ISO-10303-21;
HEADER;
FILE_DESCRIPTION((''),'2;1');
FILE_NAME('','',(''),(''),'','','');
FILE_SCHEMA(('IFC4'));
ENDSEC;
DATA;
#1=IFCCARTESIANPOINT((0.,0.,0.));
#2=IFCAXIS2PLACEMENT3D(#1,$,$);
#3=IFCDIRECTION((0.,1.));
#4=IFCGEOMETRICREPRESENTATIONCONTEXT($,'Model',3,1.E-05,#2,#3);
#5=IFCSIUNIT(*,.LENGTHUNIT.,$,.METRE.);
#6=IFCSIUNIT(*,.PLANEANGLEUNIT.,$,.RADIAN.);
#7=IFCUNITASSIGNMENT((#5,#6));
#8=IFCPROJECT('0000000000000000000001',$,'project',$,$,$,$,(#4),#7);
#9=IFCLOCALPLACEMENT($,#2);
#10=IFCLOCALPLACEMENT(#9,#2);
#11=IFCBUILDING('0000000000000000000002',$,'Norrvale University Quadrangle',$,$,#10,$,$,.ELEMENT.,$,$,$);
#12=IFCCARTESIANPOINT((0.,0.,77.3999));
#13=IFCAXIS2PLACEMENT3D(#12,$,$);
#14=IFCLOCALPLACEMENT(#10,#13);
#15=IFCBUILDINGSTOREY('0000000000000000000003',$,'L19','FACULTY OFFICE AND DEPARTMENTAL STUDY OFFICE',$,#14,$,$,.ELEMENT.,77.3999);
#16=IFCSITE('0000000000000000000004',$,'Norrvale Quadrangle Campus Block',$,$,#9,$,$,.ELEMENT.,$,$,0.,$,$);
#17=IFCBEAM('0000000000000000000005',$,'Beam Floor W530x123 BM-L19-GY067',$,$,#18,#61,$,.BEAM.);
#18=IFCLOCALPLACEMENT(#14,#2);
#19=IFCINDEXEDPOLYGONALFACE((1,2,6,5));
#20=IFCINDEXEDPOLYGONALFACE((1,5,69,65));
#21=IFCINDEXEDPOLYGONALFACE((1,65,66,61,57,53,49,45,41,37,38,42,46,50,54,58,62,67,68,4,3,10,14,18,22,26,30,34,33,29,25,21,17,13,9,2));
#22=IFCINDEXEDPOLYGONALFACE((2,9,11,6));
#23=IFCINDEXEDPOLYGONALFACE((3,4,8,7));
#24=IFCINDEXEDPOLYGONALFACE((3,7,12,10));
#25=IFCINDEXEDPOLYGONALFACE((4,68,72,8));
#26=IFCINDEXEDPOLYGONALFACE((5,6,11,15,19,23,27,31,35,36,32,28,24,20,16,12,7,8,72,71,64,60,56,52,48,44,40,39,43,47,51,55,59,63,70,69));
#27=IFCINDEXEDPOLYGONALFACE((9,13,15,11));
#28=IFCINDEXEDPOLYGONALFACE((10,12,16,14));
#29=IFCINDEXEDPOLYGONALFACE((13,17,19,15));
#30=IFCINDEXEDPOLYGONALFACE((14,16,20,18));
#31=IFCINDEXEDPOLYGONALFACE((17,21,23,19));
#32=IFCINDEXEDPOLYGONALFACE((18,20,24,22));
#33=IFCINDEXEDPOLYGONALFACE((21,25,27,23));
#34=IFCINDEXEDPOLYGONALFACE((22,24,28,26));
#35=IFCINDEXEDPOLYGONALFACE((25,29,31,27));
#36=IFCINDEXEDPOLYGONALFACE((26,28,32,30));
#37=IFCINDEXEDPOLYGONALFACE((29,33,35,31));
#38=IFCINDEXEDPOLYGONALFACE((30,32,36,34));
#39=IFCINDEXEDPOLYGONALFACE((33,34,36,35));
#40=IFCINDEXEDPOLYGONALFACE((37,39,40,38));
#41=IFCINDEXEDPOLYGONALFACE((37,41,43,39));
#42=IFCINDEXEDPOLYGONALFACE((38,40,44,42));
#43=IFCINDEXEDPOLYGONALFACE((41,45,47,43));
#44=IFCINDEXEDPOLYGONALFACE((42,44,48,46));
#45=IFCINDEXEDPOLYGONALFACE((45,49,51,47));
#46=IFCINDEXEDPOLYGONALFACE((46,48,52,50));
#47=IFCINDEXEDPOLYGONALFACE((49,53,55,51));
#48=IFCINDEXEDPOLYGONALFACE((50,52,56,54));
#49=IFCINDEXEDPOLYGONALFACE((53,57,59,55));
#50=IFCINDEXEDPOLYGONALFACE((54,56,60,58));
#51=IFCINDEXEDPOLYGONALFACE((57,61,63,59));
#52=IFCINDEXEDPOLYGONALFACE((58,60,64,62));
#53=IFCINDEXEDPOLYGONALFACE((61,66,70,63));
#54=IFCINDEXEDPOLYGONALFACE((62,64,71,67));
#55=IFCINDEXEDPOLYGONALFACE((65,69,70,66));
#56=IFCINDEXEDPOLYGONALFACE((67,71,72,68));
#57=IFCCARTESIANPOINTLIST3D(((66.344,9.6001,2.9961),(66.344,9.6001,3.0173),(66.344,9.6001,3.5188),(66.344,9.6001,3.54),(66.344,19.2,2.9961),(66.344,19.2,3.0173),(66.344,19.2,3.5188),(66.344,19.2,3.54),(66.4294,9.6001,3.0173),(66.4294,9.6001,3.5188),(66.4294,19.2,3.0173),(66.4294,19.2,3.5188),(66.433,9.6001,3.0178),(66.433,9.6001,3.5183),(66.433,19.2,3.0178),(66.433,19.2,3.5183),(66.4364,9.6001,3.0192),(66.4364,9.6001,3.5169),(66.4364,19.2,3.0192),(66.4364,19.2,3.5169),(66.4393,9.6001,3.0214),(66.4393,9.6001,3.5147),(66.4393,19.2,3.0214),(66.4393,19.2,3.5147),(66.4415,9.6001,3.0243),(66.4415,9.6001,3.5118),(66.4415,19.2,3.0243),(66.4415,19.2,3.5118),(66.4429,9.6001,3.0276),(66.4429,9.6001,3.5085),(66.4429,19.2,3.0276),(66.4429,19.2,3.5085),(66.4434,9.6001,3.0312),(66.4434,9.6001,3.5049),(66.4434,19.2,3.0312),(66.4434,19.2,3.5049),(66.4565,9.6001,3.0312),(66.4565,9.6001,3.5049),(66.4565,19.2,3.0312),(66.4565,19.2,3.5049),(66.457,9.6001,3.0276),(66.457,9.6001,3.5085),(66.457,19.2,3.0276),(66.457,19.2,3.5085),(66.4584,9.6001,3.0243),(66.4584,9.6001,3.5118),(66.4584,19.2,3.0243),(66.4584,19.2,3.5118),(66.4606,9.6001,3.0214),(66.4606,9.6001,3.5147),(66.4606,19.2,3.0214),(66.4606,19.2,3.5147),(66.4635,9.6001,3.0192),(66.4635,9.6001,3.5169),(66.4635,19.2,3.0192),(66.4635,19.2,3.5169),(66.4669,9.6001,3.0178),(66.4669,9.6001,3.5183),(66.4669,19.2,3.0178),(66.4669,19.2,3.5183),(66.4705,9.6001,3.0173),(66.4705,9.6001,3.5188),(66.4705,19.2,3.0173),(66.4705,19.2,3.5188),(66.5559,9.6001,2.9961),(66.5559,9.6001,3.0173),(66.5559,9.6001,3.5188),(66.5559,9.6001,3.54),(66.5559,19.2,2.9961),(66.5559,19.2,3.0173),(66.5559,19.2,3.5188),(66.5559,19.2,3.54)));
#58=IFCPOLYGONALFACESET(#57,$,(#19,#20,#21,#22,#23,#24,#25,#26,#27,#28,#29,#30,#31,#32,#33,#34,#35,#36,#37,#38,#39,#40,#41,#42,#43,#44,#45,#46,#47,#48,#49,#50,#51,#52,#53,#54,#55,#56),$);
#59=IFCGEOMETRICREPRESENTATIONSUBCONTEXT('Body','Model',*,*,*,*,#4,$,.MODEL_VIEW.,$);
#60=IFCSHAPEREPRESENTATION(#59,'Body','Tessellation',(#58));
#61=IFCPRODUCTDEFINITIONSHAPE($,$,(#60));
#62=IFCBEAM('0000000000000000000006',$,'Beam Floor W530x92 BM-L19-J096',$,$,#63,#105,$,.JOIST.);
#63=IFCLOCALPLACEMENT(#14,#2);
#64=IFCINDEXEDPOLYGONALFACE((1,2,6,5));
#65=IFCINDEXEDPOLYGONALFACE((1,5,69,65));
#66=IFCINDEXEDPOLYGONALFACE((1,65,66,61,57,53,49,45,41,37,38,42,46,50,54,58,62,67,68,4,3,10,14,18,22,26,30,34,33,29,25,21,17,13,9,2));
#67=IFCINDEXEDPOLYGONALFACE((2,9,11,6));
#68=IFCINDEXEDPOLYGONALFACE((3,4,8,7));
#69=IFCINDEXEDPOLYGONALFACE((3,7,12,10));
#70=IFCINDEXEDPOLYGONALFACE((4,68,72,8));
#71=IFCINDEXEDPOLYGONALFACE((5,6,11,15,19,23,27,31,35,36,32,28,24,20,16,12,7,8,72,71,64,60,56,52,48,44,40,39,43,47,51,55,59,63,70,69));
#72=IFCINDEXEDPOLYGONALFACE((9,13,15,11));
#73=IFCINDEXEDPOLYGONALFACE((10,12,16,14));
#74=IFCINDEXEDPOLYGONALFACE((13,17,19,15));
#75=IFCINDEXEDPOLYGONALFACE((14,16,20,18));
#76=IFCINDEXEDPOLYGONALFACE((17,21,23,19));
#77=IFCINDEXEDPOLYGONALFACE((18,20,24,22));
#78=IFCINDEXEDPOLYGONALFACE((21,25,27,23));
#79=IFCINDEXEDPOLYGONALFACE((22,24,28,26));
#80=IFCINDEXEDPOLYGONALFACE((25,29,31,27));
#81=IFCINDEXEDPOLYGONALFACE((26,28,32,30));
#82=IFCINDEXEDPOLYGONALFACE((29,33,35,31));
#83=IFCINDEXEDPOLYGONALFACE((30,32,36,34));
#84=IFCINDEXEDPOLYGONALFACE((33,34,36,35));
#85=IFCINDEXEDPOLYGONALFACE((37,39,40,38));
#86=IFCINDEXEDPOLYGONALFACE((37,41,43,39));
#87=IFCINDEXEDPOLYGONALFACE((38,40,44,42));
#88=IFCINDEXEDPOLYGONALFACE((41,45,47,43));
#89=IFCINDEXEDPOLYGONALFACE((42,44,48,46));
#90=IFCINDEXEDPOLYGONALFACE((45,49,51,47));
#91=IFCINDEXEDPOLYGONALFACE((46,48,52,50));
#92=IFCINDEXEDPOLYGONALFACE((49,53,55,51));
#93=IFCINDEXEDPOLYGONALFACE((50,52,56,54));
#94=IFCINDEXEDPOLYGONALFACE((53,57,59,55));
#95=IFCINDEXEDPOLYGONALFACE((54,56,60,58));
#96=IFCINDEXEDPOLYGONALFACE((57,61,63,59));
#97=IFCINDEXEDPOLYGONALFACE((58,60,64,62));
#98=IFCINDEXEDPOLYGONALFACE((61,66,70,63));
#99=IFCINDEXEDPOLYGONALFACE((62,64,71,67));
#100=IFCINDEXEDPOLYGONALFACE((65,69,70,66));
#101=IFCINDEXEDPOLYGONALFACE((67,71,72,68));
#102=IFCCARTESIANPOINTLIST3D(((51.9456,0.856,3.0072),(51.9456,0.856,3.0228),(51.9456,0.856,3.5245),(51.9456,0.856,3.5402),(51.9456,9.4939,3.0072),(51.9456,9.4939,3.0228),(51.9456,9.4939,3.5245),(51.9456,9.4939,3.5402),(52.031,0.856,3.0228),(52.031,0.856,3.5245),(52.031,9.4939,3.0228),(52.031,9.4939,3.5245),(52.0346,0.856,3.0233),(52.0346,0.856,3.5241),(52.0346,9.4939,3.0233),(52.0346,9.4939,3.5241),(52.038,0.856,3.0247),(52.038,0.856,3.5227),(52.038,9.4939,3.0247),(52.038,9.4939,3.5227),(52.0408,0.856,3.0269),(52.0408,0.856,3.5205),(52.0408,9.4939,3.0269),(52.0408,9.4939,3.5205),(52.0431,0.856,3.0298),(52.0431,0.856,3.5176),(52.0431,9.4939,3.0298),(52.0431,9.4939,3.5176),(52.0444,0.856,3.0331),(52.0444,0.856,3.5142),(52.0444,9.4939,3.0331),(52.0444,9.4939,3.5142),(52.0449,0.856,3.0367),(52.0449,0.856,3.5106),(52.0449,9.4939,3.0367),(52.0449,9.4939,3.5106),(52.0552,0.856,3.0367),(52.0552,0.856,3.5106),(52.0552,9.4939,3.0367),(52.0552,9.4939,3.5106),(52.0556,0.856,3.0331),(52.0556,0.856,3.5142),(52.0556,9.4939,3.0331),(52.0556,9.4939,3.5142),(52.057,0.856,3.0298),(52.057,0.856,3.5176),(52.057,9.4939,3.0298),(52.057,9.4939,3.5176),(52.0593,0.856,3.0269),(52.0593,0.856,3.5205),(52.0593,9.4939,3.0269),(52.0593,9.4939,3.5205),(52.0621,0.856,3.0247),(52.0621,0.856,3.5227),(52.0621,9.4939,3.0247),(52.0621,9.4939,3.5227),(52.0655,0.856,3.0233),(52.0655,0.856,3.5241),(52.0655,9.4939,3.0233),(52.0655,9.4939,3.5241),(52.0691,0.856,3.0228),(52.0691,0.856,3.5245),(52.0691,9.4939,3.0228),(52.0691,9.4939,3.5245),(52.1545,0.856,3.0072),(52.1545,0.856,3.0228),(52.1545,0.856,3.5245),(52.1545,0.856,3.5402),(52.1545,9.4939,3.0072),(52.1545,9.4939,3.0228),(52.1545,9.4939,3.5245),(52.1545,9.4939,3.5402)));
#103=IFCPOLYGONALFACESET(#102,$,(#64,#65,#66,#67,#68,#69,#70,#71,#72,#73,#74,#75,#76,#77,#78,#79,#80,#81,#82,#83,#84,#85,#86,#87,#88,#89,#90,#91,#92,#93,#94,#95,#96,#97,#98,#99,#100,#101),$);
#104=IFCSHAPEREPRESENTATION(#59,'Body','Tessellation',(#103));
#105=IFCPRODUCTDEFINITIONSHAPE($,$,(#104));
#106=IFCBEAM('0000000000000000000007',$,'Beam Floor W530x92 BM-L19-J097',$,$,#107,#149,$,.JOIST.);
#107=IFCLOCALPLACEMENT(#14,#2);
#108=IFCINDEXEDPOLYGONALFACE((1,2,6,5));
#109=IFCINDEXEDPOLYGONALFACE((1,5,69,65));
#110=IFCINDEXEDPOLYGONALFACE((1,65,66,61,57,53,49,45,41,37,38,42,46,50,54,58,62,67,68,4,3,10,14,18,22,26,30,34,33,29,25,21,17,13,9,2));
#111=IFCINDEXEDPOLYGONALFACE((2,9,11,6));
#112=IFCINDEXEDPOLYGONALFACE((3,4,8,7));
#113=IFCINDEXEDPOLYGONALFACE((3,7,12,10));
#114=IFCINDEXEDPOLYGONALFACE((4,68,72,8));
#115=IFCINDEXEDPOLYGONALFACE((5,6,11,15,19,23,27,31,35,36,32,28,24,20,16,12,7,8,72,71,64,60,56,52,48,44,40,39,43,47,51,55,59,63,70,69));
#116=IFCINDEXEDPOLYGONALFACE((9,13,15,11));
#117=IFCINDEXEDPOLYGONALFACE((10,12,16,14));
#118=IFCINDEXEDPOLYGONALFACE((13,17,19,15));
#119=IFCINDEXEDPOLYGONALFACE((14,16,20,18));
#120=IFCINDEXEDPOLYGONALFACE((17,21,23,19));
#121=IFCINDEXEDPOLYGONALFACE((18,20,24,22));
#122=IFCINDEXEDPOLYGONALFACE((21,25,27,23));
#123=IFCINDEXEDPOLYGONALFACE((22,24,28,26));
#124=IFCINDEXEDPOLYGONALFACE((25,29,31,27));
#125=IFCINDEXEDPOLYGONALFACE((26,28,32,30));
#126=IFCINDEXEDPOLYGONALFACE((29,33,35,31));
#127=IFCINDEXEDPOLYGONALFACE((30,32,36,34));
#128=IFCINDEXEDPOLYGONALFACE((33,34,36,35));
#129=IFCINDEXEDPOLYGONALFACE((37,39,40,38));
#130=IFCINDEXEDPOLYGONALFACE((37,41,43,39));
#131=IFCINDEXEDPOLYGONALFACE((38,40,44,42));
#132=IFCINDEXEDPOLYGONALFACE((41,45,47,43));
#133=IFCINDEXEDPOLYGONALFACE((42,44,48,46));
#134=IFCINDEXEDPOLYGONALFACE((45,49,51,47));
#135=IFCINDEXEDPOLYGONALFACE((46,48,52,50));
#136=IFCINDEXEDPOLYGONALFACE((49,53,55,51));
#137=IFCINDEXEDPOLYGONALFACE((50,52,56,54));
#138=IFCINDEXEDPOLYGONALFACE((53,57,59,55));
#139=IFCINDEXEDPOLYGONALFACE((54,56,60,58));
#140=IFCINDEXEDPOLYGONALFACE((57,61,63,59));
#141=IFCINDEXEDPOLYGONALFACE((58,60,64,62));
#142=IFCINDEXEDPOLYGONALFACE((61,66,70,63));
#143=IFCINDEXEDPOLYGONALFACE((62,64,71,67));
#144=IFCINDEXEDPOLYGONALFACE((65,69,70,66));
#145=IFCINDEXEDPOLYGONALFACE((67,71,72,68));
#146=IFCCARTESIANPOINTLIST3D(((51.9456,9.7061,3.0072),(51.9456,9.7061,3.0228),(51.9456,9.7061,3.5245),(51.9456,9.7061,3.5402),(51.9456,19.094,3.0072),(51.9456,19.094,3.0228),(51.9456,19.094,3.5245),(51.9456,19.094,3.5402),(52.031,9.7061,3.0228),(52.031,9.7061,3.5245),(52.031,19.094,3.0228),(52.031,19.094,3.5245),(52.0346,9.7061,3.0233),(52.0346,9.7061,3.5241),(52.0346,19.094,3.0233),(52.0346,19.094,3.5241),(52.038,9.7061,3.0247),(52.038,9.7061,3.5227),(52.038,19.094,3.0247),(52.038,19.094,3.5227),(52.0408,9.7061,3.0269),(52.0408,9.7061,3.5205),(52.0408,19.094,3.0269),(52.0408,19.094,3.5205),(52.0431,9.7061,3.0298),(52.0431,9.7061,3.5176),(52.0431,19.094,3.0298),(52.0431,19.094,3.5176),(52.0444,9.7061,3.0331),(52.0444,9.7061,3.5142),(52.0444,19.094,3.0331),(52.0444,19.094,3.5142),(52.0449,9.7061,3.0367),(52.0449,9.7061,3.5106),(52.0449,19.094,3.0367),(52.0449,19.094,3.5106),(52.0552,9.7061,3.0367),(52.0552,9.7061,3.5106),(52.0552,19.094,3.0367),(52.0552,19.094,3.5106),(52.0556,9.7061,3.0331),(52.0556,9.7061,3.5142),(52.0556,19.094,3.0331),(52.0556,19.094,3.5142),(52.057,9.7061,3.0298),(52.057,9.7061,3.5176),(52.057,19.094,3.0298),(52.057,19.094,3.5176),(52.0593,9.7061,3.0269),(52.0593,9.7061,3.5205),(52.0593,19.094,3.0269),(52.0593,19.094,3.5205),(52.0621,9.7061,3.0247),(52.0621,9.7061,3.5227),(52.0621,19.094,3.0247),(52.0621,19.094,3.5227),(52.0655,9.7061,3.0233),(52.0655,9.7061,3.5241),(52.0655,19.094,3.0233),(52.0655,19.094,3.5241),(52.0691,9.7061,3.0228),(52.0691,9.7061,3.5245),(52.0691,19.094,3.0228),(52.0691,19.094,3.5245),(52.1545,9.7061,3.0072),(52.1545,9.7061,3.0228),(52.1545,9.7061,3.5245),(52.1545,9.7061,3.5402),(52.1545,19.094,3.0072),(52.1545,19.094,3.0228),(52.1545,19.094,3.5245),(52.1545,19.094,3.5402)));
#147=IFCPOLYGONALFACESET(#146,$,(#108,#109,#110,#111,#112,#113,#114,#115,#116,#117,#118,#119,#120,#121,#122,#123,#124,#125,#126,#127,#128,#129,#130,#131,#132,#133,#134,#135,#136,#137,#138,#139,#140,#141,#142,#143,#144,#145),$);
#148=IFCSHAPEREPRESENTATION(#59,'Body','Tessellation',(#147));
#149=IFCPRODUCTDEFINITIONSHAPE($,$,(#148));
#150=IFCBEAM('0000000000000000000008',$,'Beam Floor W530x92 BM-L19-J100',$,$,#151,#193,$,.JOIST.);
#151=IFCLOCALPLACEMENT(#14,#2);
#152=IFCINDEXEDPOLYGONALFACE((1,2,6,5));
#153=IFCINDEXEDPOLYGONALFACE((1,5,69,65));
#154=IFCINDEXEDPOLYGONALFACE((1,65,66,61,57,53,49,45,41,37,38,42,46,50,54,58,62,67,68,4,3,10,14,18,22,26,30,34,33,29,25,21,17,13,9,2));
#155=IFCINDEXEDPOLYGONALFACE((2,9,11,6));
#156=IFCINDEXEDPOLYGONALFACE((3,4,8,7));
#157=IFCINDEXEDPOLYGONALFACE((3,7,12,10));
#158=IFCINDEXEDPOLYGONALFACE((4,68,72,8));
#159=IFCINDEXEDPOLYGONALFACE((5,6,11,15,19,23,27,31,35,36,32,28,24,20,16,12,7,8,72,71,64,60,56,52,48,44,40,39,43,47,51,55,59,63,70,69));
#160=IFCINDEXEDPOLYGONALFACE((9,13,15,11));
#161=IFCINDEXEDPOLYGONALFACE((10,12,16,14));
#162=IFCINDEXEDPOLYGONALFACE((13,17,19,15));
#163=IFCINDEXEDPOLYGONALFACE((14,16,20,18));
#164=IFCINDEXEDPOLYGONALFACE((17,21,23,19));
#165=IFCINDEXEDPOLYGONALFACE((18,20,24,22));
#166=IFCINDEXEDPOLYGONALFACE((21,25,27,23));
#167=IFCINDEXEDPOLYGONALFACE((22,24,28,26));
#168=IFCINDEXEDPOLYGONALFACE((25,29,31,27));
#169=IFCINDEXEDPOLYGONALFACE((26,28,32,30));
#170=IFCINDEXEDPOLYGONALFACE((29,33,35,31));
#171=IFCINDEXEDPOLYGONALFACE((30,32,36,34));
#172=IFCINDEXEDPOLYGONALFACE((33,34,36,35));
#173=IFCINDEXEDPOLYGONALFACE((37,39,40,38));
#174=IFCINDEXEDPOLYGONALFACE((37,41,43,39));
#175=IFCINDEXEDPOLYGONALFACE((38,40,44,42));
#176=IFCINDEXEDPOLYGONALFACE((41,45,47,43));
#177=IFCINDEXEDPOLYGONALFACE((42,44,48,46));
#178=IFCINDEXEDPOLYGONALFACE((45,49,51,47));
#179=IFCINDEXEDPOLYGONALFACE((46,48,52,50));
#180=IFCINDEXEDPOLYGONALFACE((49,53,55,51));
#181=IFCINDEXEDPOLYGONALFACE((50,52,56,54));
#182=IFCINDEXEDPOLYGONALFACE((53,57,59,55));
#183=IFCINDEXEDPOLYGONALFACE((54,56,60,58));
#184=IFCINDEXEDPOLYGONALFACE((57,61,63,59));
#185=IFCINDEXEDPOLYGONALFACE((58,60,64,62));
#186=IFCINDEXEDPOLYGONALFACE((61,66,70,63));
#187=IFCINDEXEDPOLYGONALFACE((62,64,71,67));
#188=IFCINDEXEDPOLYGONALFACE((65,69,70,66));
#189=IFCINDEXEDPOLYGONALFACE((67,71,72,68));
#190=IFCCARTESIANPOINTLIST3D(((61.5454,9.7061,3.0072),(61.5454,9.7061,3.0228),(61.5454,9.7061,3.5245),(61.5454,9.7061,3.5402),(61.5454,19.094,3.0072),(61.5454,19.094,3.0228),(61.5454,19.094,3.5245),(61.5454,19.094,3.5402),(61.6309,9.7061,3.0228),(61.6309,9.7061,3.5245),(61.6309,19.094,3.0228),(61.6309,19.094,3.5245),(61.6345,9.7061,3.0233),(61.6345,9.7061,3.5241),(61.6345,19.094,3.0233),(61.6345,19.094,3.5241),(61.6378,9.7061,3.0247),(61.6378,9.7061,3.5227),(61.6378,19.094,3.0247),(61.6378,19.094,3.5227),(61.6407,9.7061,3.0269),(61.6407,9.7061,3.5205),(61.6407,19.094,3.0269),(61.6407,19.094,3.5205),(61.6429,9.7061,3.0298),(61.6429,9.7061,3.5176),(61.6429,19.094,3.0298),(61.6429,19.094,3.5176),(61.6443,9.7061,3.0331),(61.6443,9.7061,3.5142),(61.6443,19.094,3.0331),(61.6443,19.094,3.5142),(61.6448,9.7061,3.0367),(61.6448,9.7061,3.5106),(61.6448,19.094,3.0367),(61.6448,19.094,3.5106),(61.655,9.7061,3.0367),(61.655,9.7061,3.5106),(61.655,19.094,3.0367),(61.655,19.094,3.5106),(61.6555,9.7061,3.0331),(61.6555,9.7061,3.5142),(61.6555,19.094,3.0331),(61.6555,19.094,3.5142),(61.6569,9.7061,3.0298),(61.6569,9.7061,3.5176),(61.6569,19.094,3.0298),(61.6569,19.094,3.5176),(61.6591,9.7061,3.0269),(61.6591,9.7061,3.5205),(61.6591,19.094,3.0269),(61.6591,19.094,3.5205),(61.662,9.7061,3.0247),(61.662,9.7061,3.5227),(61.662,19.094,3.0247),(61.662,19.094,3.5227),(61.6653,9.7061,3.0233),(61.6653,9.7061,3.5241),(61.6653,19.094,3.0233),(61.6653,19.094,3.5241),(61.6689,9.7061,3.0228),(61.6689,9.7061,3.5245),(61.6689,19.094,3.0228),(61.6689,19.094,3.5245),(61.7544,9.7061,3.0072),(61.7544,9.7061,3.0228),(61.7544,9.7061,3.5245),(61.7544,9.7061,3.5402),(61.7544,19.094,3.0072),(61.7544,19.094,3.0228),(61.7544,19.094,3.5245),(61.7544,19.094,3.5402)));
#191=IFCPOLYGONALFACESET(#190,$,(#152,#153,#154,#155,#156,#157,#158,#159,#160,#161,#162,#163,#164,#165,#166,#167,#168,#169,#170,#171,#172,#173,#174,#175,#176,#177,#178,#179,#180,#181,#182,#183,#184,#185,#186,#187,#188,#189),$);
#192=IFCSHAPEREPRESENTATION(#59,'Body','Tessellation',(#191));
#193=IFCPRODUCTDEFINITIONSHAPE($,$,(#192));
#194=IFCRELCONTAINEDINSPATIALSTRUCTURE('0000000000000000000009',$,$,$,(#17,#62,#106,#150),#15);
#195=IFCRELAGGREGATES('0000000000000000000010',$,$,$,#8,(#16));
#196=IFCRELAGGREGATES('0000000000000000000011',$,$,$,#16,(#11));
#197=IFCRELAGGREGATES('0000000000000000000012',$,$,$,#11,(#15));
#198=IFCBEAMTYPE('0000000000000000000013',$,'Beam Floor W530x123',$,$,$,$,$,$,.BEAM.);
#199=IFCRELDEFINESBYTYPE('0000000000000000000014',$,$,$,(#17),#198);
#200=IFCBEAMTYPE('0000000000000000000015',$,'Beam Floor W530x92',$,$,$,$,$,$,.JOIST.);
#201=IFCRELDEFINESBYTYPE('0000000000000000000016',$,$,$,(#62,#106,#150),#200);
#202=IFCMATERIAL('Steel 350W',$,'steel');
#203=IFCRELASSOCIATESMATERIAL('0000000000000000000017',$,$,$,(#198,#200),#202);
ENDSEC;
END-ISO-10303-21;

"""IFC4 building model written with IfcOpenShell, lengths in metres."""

from ifc_helpers import new_model, si_unit, direction, frame, origin, origin_2d, place, context, subcontext, project, spatial, i_section, extrude, material, material_profile, profile_set, type_object, element, save


model = new_model("IFC4")

# Units and contexts
model_context = context("Model", 3, precision=1e-05, world=origin(), true_north=direction((0.0, 1.0)))
body_context = subcontext(model_context, "Body", "Model", "MODEL_VIEW")
ifc_project = project(units=[si_unit("LENGTHUNIT", "METRE"), si_unit("PLANEANGLEUNIT", "RADIAN")], contexts=[model_context])

# Site, building, storey
site_placement = place(None, origin())
site = spatial("IfcSite", under=ifc_project, at=site_placement, Name="Norrvale Quadrangle Campus Block", CompositionType="ELEMENT", RefElevation=0.0)
building_placement = place(site_placement, origin())
building = spatial("IfcBuilding", under=site, at=building_placement, Name="Norrvale University Quadrangle", CompositionType="ELEMENT")
storey_placement = place(building_placement, frame((0.0, 0.0, 77.3999)))
storey = spatial("IfcBuildingStorey", under=building, at=storey_placement, Name="L19", Description="FACULTY OFFICE AND DEPARTMENTAL STUDY OFFICE", CompositionType="ELEMENT", Elevation=77.3999)

# Beams
ifc_material_1 = material(Name="Steel 350W", Category="steel")
ifc_material_profile_1 = material_profile(ifc_material_1, i_section(OverallWidth=0.2119, OverallDepth=0.5439, WebThickness=0.0132, FlangeThickness=0.0212, FilletRadius=0.0139, at=origin_2d()), Name="Steel 350W")
ifc_profile_set_1 = profile_set([ifc_material_profile_1], Name="Steel 350W")
beam_type_1 = type_object("IfcBeamType", Name="Beam Floor W530x123", PredefinedType="BEAM", material=ifc_profile_set_1)
beam_1_placement = place(storey_placement, frame((66.45, 9.6001, 3.2681), z_axis=(0.0, 1.0, 0.0), x_axis=(-1.0, 0.0, 0.0)))
element("IfcBeam", 1, at=beam_1_placement, inside=storey, type_object=beam_type_1, Name="Beam Floor W530x123 BM-L19-GY067", PredefinedType="BEAM", context=body_context, shape_type="SweptSolid", body=[
    extrude(i_section(OverallWidth=0.2119, OverallDepth=0.5439, WebThickness=0.0132, FlangeThickness=0.0212, FilletRadius=0.0139, at=origin_2d()), origin(), (0.0, 0.0, 1.0), 9.5999),
])
ifc_material_profile_2 = material_profile(ifc_material_1, i_section(OverallWidth=0.209, OverallDepth=0.533, WebThickness=0.0103, FlangeThickness=0.0156, FilletRadius=0.0139, at=origin_2d()), Name="Steel 350W")
ifc_profile_set_2 = profile_set([ifc_material_profile_2], Name="Steel 350W")
beam_type_2 = type_object("IfcBeamType", Name="Beam Floor W530x92", PredefinedType="JOIST", material=ifc_profile_set_2)
beam_2_placement = place(storey_placement, frame((52.05, 0.856, 3.2737), z_axis=(0.0, 1.0, 0.0), x_axis=(-1.0, 0.0, 0.0)))
element("IfcBeam", 2, at=beam_2_placement, inside=storey, type_object=beam_type_2, Name="Beam Floor W530x92 BM-L19-J096", PredefinedType="JOIST", context=body_context, shape_type="SweptSolid", body=[
    extrude(i_section(OverallWidth=0.209, OverallDepth=0.533, WebThickness=0.0103, FlangeThickness=0.0156, FilletRadius=0.0139, at=origin_2d()), origin(), (0.0, 0.0, 1.0), 8.6379),
])
for number, where, z_axis, x_axis, name in (
    (3, (52.05, 9.7061, 3.2737), (0.0, 1.0, 0.0), (-1.0, 0.0, 0.0), "Beam Floor W530x92 BM-L19-J097"),
    (4, (61.6499, 9.7061, 3.2737), (0.0, 1.0, 0.0), (-1.0, 0.0, 0.0), "Beam Floor W530x92 BM-L19-J100"),
):
    element("IfcBeam", number, at=place(storey_placement, frame(where, z_axis=z_axis, x_axis=x_axis)), inside=storey, type_object=beam_type_2, Name=name, PredefinedType="JOIST", context=body_context, shape_type="SweptSolid", body=[
        extrude(i_section(OverallWidth=0.209, OverallDepth=0.533, WebThickness=0.0103, FlangeThickness=0.0156, FilletRadius=0.0139, at=origin_2d()), origin(), (0.0, 0.0, 1.0), 9.3879),
    ])

save(model, "model.ifc")
